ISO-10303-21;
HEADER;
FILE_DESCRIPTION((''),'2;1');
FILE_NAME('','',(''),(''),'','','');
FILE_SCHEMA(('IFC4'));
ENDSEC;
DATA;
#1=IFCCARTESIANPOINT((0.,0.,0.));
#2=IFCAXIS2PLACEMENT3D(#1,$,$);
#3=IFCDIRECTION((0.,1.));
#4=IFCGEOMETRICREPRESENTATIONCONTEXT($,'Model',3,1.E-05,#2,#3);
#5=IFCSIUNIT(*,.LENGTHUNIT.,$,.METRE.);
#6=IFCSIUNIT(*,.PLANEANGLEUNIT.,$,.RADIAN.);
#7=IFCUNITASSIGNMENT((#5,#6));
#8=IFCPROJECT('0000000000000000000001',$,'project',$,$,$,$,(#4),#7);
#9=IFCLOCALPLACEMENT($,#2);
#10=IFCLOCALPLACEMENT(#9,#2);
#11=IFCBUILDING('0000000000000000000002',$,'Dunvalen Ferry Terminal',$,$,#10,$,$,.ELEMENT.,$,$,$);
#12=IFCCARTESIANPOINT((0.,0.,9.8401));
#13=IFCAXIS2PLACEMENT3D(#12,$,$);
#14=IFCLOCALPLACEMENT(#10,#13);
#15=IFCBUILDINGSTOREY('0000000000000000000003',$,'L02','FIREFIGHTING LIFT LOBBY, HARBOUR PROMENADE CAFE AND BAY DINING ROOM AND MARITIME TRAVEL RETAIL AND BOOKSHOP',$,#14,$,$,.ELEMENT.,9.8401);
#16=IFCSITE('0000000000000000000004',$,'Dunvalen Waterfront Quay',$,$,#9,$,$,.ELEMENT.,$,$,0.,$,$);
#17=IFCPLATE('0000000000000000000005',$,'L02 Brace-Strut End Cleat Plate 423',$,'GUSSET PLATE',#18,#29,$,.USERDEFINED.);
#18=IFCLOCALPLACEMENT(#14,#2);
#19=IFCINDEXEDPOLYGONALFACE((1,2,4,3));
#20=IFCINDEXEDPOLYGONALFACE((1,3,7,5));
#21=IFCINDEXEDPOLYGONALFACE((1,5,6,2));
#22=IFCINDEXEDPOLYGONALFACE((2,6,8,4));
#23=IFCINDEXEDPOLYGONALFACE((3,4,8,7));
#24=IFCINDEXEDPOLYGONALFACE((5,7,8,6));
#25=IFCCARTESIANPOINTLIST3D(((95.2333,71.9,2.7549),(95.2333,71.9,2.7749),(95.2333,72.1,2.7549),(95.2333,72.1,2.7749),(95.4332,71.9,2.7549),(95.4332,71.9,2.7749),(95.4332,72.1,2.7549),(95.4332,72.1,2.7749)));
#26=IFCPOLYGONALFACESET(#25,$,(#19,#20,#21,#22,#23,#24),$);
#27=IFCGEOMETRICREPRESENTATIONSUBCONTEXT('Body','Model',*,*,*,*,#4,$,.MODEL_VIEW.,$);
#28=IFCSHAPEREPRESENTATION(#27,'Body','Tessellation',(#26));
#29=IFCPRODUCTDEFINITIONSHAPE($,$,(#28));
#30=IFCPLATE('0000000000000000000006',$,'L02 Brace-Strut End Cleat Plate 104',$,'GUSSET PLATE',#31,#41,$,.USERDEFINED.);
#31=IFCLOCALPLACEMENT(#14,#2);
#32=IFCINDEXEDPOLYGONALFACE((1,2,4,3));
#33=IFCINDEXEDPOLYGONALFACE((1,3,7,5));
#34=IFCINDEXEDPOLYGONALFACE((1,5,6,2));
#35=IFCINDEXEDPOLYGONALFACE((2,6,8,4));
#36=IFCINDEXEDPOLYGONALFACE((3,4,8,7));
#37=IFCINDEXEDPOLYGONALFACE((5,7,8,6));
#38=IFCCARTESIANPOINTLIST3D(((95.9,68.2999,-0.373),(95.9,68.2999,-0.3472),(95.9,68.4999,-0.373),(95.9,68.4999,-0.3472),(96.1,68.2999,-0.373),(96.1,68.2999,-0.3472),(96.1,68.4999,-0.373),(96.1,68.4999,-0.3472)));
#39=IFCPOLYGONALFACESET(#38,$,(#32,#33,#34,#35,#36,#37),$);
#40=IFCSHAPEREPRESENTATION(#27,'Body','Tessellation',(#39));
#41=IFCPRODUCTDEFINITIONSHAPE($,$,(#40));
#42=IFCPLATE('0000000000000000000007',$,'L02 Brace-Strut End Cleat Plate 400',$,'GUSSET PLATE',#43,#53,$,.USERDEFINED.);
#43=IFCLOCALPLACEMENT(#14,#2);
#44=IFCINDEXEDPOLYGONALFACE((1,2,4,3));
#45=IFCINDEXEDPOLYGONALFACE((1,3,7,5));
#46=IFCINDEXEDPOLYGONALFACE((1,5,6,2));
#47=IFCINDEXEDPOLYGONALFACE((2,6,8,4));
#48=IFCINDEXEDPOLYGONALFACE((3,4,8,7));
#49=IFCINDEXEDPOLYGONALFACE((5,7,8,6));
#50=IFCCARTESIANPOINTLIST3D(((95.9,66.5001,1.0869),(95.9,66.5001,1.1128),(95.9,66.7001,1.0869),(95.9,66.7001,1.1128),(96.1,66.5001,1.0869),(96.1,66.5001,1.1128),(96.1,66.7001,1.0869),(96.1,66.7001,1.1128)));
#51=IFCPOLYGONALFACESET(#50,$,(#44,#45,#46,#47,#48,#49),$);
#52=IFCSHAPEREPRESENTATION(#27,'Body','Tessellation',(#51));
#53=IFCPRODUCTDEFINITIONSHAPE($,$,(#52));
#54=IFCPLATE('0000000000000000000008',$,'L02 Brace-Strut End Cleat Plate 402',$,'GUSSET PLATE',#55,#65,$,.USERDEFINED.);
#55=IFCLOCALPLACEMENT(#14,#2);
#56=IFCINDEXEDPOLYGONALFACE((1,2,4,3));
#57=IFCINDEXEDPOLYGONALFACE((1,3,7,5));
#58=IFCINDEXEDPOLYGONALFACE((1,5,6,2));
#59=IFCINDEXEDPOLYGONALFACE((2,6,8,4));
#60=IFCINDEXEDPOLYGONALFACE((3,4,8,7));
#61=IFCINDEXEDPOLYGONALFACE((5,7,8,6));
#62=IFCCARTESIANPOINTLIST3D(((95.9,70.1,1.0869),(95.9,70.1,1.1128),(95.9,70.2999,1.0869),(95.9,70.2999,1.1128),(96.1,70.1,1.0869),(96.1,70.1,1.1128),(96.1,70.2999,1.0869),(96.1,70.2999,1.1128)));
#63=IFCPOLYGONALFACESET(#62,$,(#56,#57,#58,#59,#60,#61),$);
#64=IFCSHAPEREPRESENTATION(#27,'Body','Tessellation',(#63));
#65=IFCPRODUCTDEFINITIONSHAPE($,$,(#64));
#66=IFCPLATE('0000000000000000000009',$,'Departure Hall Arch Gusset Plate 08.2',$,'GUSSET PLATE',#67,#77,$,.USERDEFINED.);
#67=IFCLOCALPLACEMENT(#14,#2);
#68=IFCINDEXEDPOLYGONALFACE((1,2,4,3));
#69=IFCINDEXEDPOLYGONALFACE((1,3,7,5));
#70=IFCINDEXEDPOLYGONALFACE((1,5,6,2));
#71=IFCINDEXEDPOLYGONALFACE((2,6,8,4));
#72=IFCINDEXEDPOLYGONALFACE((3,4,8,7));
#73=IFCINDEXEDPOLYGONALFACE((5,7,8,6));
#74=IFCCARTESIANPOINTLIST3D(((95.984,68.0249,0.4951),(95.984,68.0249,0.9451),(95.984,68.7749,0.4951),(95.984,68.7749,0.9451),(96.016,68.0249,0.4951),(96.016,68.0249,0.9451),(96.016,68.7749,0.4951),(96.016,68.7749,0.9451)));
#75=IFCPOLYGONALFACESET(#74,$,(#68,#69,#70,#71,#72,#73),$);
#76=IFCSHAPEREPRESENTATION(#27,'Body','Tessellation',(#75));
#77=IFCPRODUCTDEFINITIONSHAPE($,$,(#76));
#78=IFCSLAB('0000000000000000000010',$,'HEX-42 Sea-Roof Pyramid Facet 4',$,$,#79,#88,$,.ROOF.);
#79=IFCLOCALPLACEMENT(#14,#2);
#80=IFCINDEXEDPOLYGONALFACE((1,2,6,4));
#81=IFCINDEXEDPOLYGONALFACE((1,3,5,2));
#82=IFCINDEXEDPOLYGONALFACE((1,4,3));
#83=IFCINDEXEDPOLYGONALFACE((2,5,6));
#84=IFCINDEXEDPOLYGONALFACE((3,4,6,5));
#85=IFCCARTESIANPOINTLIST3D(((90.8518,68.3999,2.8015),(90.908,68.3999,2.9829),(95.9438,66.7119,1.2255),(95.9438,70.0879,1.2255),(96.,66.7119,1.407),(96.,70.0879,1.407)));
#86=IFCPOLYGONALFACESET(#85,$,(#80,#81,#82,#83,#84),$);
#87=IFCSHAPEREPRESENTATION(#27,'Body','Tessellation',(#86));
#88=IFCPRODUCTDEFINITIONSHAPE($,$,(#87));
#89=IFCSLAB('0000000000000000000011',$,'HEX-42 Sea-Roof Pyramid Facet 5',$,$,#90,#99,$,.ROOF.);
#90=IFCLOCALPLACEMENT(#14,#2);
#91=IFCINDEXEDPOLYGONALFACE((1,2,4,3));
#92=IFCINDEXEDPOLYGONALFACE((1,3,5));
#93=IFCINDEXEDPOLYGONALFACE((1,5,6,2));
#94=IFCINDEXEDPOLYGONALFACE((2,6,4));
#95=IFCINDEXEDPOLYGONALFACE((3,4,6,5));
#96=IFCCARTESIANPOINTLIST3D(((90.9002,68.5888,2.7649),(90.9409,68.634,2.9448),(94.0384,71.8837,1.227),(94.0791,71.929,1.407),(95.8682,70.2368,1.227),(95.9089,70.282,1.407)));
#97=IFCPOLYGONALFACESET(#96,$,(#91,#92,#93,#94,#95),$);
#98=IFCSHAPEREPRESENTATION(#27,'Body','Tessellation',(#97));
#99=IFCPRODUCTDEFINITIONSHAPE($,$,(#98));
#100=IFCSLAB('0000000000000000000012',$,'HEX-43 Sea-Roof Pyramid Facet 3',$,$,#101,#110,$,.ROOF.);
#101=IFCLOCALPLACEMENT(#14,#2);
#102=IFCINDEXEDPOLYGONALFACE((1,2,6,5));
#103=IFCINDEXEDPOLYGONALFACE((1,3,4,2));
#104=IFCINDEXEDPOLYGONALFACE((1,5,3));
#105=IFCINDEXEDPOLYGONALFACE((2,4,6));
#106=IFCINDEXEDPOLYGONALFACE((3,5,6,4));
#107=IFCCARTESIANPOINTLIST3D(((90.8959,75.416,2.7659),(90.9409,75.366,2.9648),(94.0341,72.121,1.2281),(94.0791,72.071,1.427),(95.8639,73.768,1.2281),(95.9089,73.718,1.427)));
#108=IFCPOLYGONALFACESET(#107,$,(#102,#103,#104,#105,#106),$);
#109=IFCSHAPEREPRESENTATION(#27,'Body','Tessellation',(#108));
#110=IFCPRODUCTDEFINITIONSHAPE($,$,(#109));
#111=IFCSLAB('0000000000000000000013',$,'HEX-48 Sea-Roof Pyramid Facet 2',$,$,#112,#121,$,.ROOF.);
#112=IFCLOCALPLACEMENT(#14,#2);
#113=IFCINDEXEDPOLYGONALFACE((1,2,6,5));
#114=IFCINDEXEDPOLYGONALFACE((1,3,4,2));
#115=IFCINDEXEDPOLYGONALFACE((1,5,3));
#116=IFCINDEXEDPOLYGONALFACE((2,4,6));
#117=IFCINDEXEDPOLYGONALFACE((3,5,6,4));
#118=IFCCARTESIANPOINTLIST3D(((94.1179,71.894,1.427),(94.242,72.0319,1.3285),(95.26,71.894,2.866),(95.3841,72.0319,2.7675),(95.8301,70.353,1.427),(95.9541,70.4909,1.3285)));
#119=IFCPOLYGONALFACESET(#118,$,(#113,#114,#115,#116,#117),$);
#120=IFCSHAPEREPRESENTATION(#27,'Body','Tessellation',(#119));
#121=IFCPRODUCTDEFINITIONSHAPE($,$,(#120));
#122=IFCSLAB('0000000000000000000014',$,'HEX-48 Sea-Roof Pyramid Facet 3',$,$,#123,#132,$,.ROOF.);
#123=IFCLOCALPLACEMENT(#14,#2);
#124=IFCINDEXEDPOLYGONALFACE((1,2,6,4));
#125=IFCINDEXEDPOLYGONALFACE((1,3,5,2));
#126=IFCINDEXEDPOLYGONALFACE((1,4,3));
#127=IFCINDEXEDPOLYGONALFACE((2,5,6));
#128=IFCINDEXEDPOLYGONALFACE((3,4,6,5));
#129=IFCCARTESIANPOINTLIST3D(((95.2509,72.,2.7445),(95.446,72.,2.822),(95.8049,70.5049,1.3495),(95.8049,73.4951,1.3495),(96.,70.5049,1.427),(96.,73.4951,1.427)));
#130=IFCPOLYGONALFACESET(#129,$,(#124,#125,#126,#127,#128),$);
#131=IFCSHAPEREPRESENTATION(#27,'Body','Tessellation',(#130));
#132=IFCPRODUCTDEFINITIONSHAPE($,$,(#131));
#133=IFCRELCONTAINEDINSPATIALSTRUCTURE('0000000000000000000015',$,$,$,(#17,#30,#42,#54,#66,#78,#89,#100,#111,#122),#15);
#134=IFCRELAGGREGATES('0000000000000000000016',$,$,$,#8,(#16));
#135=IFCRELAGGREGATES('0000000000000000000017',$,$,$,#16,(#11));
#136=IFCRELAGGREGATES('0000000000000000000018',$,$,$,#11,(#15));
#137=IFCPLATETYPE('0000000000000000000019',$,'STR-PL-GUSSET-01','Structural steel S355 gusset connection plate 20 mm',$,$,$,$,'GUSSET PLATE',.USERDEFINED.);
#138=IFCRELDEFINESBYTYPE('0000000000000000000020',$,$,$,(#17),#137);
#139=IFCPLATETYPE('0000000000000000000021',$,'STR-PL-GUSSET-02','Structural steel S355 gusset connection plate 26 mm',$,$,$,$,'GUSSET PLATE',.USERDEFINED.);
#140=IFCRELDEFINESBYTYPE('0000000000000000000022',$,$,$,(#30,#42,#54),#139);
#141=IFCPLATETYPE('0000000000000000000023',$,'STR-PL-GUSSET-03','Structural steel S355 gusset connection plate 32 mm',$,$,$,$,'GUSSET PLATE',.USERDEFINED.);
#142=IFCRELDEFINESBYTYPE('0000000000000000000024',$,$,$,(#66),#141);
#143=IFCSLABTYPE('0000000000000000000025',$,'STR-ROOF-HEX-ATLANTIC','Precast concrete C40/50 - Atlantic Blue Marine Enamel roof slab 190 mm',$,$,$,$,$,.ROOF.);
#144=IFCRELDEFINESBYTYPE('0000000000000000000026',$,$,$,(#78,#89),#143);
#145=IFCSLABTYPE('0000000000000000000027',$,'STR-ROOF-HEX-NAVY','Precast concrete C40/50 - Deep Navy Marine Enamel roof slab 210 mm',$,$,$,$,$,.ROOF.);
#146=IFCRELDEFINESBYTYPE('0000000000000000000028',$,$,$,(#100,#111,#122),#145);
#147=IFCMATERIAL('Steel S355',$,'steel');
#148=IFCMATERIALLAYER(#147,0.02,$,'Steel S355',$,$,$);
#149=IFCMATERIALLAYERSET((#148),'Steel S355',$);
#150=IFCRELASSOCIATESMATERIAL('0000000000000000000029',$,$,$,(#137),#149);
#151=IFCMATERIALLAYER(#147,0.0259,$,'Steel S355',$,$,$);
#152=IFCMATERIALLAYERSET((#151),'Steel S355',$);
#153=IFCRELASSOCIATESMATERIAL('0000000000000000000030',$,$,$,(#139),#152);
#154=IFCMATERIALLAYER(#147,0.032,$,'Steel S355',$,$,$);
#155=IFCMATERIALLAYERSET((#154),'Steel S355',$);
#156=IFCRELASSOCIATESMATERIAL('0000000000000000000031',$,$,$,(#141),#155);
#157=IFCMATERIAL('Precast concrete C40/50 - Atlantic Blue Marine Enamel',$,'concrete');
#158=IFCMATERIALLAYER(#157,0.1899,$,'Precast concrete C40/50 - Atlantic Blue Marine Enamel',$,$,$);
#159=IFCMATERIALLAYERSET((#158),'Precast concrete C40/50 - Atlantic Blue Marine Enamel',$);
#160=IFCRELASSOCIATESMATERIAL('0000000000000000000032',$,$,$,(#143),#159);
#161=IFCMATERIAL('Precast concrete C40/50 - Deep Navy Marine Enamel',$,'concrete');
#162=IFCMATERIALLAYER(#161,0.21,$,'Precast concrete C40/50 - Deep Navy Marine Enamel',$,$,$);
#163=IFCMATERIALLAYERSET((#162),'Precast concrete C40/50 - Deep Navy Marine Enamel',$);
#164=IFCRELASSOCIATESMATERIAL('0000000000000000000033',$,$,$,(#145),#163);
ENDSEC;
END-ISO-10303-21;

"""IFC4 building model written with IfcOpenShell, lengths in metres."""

from ifc_helpers import new_model, si_unit, direction, frame, origin, origin_2d, place, context, subcontext, project, spatial, polyline, rectangle, outline, extrude, material, layer, layer_set, type_object, element, save


model = new_model("IFC4")

# Units and contexts
model_context = context("Model", 3, precision=1e-05, world=origin(), true_north=direction((0.0, 1.0)))
body_context = subcontext(model_context, "Body", "Model", "MODEL_VIEW")
ifc_project = project(units=[si_unit("LENGTHUNIT", "METRE"), si_unit("PLANEANGLEUNIT", "RADIAN")], contexts=[model_context])

# Site, building, storey
site_placement = place(None, origin())
site = spatial("IfcSite", under=ifc_project, at=site_placement, Name="Dunvalen Waterfront Quay", CompositionType="ELEMENT", RefElevation=0.0)
building_placement = place(site_placement, origin())
building = spatial("IfcBuilding", under=site, at=building_placement, Name="Dunvalen Ferry Terminal", CompositionType="ELEMENT")
storey_placement = place(building_placement, frame((0.0, 0.0, 9.8401)))
storey = spatial("IfcBuildingStorey", under=building, at=storey_placement, Name="L02", Description="FIREFIGHTING LIFT LOBBY, HARBOUR PROMENADE CAFE AND BAY DINING ROOM AND MARITIME TRAVEL RETAIL AND BOOKSHOP", CompositionType="ELEMENT", Elevation=9.8401)

# Shared definitions
ifc_material_1 = material(Name="Steel S355", Category="steel")

# Plates
ifc_layer_1 = layer(ifc_material_1, 0.02, Name="Steel S355")
ifc_layer_set_1 = layer_set([ifc_layer_1], Name="Steel S355")
plate_type_1 = type_object("IfcPlateType", Name="STR-PL-GUSSET-01", Description="Structural steel S355 gusset connection plate 20 mm", ElementType="GUSSET PLATE", PredefinedType="USERDEFINED", material=ifc_layer_set_1)
for number, where, z_axis, x_axis, name in (
    (1, (95.3333, 72.0, 2.7549), (0.0, 0.0, 1.0), (1.0, 0.0, 0.0), "L02 Brace-Strut End Cleat Plate 423"),
):
    element("IfcPlate", number, at=place(storey_placement, frame(where, z_axis=z_axis, x_axis=x_axis)), inside=storey, type_object=plate_type_1, Name=name, ObjectType="GUSSET PLATE", PredefinedType="USERDEFINED", context=body_context, shape_type="SweptSolid", body=[
        extrude(rectangle(XDim=0.2, YDim=0.2, at=origin_2d()), origin(), (0.0, 0.0, 1.0), 0.02),
    ])
ifc_layer_2 = layer(ifc_material_1, 0.0259, Name="Steel S355")
ifc_layer_set_2 = layer_set([ifc_layer_2], Name="Steel S355")
plate_type_2 = type_object("IfcPlateType", Name="STR-PL-GUSSET-02", Description="Structural steel S355 gusset connection plate 26 mm", ElementType="GUSSET PLATE", PredefinedType="USERDEFINED", material=ifc_layer_set_2)
for number, where, z_axis, x_axis, name in (
    (2, (96.0, 68.3999, -0.373), (0.0, 0.0, 1.0), (1.0, 0.0, 0.0), "L02 Brace-Strut End Cleat Plate 104"),
    (3, (96.0, 66.6001, 1.0869), (0.0, 0.0, 1.0), (1.0, 0.0, 0.0), "L02 Brace-Strut End Cleat Plate 400"),
    (4, (96.0, 70.2, 1.0869), (0.0, 0.0, 1.0), (1.0, 0.0, 0.0), "L02 Brace-Strut End Cleat Plate 402"),
):
    element("IfcPlate", number, at=place(storey_placement, frame(where, z_axis=z_axis, x_axis=x_axis)), inside=storey, type_object=plate_type_2, Name=name, ObjectType="GUSSET PLATE", PredefinedType="USERDEFINED", context=body_context, shape_type="SweptSolid", body=[
        extrude(rectangle(XDim=0.2, YDim=0.2, at=origin_2d()), origin(), (0.0, 0.0, 1.0), 0.0259),
    ])
ifc_layer_3 = layer(ifc_material_1, 0.032, Name="Steel S355")
ifc_layer_set_3 = layer_set([ifc_layer_3], Name="Steel S355")
plate_type_3 = type_object("IfcPlateType", Name="STR-PL-GUSSET-03", Description="Structural steel S355 gusset connection plate 32 mm", ElementType="GUSSET PLATE", PredefinedType="USERDEFINED", material=ifc_layer_set_3)
plate_1_placement = place(storey_placement, frame((96.0, 68.3999, 0.4951), z_axis=(0.0, 0.0, 1.0), x_axis=(1.0, 0.0, 0.0)))
element("IfcPlate", 5, at=plate_1_placement, inside=storey, type_object=plate_type_3, Name="Departure Hall Arch Gusset Plate 08.2", ObjectType="GUSSET PLATE", PredefinedType="USERDEFINED", context=body_context, shape_type="SweptSolid", body=[
    extrude(rectangle(XDim=0.032, YDim=0.75, at=origin_2d()), origin(), (0.0, 0.0, 1.0), 0.45),
])

# Slabs
ifc_material_2 = material(Name="Precast concrete C40/50 - Atlantic Blue Marine Enamel", Category="concrete")
ifc_layer_4 = layer(ifc_material_2, 0.1899, Name="Precast concrete C40/50 - Atlantic Blue Marine Enamel")
ifc_layer_set_4 = layer_set([ifc_layer_4], Name="Precast concrete C40/50 - Atlantic Blue Marine Enamel")
slab_type_1 = type_object("IfcSlabType", Name="STR-ROOF-HEX-ATLANTIC", Description="Precast concrete C40/50 - Atlantic Blue Marine Enamel roof slab 190 mm", PredefinedType="ROOF", material=ifc_layer_set_4)
slab_1_placement = place(storey_placement, frame((96.0, 66.7119, 1.407), z_axis=(0.295653, 0.0, 0.955295), x_axis=(0.0, 1.0, 0.0)))
element("IfcSlab", 6, at=slab_1_placement, inside=storey, type_object=slab_type_1, Name="HEX-42 Sea-Roof Pyramid Facet 4", PredefinedType="ROOF", context=body_context, shape_type="SweptSolid", body=[
    extrude(outline(polyline([(0.0, 0.0), (3.376, 0.0), (1.688, 5.3303), (0.0, 0.0)])), origin(), (0.0, 0.0, -1.0), 0.1899),
])
slab_2_placement = place(storey_placement, frame((95.9089, 70.282, 1.407), z_axis=(0.214273, 0.238063, 0.947319), x_axis=(-0.743269, 0.668992, 0.0)))
element("IfcSlab", 7, at=slab_2_placement, inside=storey, type_object=slab_type_1, Name="HEX-42 Sea-Roof Pyramid Facet 5", PredefinedType="ROOF", context=body_context, shape_type="SweptSolid", body=[
    extrude(outline(polyline([(0.0, 0.0), (2.4619, 0.0), (2.5901, 4.8014), (0.0, 0.0)])), origin(), (0.0, 0.0, -1.0), 0.1899),
])
ifc_material_3 = material(Name="Precast concrete C40/50 - Deep Navy Marine Enamel", Category="concrete")
ifc_layer_5 = layer(ifc_material_3, 0.21, Name="Precast concrete C40/50 - Deep Navy Marine Enamel")
ifc_layer_set_5 = layer_set([ifc_layer_5], Name="Precast concrete C40/50 - Deep Navy Marine Enamel")
slab_type_2 = type_object("IfcSlabType", Name="STR-ROOF-HEX-NAVY", Description="Precast concrete C40/50 - Deep Navy Marine Enamel roof slab 210 mm", PredefinedType="ROOF", material=ifc_layer_set_5)
slab_3_placement = place(storey_placement, frame((94.0791, 72.071, 1.427), z_axis=(0.214273, -0.238063, 0.947319), x_axis=(0.743269, 0.668992, 0.0)))
element("IfcSlab", 8, at=slab_3_placement, inside=storey, type_object=slab_type_2, Name="HEX-43 Sea-Roof Pyramid Facet 3", PredefinedType="ROOF", context=body_context, shape_type="SweptSolid", body=[
    extrude(outline(polyline([(0.0, 0.0), (2.4619, 0.0), (-0.1282, 4.8014), (0.0, 0.0)])), origin(), (0.0, 0.0, -1.0), 0.21),
])
slab_4_placement = place(storey_placement, frame((94.1179, 71.894, 1.427), z_axis=(-0.590859, -0.656479, 0.468958), x_axis=(0.743278, -0.668982, 0.0)))
element("IfcSlab", 9, at=slab_4_placement, inside=storey, type_object=slab_type_2, Name="HEX-48 Sea-Roof Pyramid Facet 2", PredefinedType="ROOF", context=body_context, shape_type="SweptSolid", body=[
    extrude(outline(polyline([(0.0, 0.0), (2.3035, 0.0), (0.8489, 1.6292), (0.0, 0.0)])), origin(), (0.0, 0.0, -1.0), 0.21),
])
slab_5_placement = place(storey_placement, frame((96.0, 70.5049, 1.427), z_axis=(0.929405, 0.0, 0.369062), x_axis=(0.0, 1.0, 0.0)))
element("IfcSlab", 10, at=slab_5_placement, inside=storey, type_object=slab_type_2, Name="HEX-48 Sea-Roof Pyramid Facet 3", PredefinedType="ROOF", context=body_context, shape_type="SweptSolid", body=[
    extrude(outline(polyline([(0.0, 0.0), (2.9902, 0.0), (1.4951, 1.501), (0.0, 0.0)])), origin(), (0.0, 0.0, -1.0), 0.21),
])

save(model, "model.ifc")
